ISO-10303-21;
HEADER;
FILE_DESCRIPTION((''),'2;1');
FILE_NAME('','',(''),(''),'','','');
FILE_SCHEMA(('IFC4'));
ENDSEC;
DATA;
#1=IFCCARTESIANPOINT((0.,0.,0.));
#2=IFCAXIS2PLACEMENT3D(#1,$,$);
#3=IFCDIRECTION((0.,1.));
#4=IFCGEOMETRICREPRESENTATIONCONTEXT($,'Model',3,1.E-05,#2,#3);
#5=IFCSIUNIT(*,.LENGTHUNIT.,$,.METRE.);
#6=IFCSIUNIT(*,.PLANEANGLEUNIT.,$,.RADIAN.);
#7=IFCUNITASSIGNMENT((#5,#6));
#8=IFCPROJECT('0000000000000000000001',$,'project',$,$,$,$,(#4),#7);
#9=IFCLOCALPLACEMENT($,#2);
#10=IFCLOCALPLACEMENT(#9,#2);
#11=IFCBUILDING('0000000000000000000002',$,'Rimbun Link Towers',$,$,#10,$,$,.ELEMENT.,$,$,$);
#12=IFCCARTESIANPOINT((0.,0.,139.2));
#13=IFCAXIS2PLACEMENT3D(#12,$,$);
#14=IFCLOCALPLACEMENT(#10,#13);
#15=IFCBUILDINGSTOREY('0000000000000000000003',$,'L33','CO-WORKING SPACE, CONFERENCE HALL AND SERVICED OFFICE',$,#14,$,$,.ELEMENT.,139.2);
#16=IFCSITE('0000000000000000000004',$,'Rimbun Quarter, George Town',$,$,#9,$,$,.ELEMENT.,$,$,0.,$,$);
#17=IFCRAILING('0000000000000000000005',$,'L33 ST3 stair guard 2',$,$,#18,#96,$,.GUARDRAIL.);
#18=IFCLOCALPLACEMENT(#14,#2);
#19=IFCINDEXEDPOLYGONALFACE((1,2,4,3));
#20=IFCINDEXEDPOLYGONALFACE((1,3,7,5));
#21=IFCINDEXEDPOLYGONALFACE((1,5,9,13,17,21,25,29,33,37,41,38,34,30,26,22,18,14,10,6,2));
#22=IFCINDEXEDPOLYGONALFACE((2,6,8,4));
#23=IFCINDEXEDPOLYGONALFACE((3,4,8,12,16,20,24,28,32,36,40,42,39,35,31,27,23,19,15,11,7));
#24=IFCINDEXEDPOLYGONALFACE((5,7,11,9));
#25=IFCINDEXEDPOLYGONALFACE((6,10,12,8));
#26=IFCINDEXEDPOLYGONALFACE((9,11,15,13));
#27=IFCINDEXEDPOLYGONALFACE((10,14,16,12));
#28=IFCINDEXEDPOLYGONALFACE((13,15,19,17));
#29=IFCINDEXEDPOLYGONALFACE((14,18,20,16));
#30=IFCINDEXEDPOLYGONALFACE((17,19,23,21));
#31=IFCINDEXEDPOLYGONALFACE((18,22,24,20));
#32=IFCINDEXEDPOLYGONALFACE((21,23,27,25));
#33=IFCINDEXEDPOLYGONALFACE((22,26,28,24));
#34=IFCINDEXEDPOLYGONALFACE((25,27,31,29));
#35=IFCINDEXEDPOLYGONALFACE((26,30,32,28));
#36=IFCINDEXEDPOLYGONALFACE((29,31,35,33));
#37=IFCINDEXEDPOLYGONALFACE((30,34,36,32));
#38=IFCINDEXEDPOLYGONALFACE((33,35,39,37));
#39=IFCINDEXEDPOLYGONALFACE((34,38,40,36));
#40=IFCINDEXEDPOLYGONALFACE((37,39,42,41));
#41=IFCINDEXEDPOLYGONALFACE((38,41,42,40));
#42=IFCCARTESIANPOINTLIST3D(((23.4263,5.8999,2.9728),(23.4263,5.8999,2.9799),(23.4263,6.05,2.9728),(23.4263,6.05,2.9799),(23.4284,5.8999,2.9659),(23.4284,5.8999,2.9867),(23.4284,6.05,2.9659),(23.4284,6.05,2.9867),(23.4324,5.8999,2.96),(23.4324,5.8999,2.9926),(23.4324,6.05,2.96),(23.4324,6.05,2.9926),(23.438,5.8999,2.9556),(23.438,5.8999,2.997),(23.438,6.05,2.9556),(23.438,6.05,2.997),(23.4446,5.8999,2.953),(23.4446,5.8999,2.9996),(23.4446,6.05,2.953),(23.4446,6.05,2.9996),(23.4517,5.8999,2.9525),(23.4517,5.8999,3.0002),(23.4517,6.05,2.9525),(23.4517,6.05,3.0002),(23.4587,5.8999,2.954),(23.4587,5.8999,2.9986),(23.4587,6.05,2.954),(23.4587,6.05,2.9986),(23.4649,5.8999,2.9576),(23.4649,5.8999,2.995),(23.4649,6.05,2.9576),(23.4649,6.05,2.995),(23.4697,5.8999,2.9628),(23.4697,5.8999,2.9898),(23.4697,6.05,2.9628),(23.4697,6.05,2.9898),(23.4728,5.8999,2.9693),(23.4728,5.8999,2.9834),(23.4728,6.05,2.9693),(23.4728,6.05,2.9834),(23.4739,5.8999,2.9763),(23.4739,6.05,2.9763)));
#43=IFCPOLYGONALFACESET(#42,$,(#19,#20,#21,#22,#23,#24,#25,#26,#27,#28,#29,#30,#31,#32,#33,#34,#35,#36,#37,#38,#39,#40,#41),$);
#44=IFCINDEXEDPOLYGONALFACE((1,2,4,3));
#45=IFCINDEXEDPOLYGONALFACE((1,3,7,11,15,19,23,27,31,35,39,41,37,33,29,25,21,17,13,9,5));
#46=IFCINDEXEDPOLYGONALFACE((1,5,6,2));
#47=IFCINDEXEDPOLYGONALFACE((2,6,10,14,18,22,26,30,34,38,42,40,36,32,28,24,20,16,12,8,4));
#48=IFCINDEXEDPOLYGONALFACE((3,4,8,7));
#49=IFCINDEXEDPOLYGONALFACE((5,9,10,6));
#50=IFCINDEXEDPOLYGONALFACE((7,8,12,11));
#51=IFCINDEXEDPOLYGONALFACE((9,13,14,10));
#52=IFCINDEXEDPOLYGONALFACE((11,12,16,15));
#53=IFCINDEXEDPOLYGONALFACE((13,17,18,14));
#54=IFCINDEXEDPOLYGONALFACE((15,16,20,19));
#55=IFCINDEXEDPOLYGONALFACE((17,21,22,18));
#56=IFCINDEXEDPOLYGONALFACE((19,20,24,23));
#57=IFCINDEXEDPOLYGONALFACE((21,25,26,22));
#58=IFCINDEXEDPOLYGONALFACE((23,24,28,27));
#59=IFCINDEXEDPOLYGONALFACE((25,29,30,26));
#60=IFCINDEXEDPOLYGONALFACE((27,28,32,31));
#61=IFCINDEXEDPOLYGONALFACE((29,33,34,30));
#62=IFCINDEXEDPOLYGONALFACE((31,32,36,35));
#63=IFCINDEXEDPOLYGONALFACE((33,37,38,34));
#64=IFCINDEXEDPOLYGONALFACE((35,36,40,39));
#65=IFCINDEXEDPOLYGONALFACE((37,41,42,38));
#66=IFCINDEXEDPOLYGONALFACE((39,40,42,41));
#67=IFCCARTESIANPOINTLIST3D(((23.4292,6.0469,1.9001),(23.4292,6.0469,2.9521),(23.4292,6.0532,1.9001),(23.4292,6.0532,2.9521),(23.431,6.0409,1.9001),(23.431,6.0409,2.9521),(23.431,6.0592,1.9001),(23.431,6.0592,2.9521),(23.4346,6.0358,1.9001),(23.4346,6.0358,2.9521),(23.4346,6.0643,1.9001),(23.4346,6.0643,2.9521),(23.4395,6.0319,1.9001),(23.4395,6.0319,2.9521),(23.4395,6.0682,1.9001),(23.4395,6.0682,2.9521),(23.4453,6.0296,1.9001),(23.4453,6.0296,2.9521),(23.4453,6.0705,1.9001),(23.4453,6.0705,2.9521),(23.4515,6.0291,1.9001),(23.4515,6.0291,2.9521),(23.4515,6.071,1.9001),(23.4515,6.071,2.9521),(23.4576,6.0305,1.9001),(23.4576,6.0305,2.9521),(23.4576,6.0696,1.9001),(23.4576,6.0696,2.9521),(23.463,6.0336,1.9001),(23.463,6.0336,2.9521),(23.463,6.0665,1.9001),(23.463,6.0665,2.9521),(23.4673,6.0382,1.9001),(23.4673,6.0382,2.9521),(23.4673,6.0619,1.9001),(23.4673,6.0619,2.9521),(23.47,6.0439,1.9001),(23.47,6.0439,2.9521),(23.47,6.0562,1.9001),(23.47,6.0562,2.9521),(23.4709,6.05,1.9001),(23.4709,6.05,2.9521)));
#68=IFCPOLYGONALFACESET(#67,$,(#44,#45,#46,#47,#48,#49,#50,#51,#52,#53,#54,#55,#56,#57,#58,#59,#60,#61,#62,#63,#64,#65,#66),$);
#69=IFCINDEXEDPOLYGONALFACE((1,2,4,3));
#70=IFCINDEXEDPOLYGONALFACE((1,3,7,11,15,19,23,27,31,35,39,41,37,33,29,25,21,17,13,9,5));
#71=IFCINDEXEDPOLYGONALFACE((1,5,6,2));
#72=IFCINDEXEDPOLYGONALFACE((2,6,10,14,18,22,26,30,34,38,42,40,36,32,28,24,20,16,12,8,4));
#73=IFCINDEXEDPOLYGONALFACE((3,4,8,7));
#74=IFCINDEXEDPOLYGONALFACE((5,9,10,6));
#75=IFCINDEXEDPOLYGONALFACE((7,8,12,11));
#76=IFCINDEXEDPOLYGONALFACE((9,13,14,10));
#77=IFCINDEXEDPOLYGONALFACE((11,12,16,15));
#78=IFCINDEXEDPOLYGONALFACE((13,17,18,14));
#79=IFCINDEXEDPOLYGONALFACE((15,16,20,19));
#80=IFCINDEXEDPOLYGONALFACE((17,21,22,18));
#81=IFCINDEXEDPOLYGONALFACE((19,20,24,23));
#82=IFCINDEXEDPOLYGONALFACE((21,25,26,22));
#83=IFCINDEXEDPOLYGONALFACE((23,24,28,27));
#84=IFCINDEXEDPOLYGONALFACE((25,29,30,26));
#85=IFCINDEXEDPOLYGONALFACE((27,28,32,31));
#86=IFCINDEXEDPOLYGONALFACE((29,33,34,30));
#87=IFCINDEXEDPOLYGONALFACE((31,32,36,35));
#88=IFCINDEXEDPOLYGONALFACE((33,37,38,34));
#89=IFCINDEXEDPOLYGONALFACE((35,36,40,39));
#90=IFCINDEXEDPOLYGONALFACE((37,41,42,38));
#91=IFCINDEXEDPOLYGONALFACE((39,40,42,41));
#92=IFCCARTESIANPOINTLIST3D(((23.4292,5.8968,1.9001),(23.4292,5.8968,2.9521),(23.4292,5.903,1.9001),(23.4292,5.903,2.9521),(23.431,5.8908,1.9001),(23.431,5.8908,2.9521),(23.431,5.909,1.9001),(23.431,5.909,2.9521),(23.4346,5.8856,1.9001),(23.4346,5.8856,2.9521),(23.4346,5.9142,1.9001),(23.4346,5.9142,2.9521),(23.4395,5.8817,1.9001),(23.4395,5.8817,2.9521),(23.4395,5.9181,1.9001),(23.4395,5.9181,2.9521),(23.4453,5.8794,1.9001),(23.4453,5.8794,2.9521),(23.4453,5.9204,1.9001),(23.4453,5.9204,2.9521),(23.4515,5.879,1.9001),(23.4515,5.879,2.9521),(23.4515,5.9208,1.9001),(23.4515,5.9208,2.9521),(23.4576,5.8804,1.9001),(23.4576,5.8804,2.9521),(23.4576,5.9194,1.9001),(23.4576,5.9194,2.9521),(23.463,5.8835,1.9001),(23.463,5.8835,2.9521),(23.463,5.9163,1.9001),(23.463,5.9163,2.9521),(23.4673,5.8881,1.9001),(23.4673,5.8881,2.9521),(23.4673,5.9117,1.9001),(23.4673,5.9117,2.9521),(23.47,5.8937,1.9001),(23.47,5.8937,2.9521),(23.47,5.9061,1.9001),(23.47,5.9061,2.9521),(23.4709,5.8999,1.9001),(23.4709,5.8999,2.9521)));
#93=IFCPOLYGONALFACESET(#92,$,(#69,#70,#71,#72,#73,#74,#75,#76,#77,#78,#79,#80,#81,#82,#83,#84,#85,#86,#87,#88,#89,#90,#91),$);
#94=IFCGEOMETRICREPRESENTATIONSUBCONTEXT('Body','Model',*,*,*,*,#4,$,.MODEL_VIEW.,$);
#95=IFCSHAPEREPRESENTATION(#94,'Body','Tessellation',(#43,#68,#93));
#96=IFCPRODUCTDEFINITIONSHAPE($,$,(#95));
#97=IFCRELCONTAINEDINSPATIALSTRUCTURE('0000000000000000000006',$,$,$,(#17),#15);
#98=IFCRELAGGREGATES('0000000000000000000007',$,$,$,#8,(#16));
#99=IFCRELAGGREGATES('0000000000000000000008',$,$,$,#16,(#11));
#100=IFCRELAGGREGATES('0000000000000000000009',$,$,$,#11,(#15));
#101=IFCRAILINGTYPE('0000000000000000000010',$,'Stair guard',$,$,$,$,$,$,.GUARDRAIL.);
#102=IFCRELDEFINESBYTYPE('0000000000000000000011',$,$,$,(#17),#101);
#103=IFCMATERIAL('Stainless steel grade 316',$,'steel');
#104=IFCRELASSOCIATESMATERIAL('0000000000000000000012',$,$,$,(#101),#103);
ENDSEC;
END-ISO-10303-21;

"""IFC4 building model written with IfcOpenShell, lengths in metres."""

from ifc_helpers import new_model, si_unit, direction, frame, origin, origin_2d, place, context, subcontext, project, spatial, circle, extrude, material, type_object, element, save


model = new_model("IFC4")

# Units and contexts
model_context = context("Model", 3, precision=1e-05, world=origin(), true_north=direction((0.0, 1.0)))
body_context = subcontext(model_context, "Body", "Model", "MODEL_VIEW")
ifc_project = project(units=[si_unit("LENGTHUNIT", "METRE"), si_unit("PLANEANGLEUNIT", "RADIAN")], contexts=[model_context])

# Site, building, storey
site_placement = place(None, origin())
site = spatial("IfcSite", under=ifc_project, at=site_placement, Name="Rimbun Quarter, George Town", CompositionType="ELEMENT", RefElevation=0.0)
building_placement = place(site_placement, origin())
building = spatial("IfcBuilding", under=site, at=building_placement, Name="Rimbun Link Towers", CompositionType="ELEMENT")
storey_placement = place(building_placement, frame((0.0, 0.0, 139.2)))
storey = spatial("IfcBuildingStorey", under=building, at=storey_placement, Name="L33", Description="CO-WORKING SPACE, CONFERENCE HALL AND SERVICED OFFICE", CompositionType="ELEMENT", Elevation=139.2)

# Railing
ifc_material_1 = material(Name="Stainless steel grade 316", Category="steel")
railing_type_1 = type_object("IfcRailingType", Name="Stair guard", PredefinedType="GUARDRAIL", material=ifc_material_1)
railing_1_placement = place(storey_placement, frame((23.45, 6.05, 1.9001)))
element("IfcRailing", 1, at=railing_1_placement, inside=storey, type_object=railing_type_1, Name="L33 ST3 stair guard 2", PredefinedType="GUARDRAIL", context=body_context, shape_type="SweptSolid", body=[
    extrude(circle(Radius=0.0239, at=origin_2d()), frame((0.0, 0.0, 1.0762), z_axis=(0.0, -1.0, 0.0), x_axis=(1.0, 0.0, 0.0)), (0.0, 0.0, 1.0), 0.1501),
    extrude(circle(Radius=0.021, at=origin_2d()), origin(), (0.0, 0.0, 1.0), 1.052),
    extrude(circle(Radius=0.021, at=origin_2d()), frame((0.0, -0.1501, 0.0)), (0.0, 0.0, 1.0), 1.052),
])

save(model, "model.ifc")
